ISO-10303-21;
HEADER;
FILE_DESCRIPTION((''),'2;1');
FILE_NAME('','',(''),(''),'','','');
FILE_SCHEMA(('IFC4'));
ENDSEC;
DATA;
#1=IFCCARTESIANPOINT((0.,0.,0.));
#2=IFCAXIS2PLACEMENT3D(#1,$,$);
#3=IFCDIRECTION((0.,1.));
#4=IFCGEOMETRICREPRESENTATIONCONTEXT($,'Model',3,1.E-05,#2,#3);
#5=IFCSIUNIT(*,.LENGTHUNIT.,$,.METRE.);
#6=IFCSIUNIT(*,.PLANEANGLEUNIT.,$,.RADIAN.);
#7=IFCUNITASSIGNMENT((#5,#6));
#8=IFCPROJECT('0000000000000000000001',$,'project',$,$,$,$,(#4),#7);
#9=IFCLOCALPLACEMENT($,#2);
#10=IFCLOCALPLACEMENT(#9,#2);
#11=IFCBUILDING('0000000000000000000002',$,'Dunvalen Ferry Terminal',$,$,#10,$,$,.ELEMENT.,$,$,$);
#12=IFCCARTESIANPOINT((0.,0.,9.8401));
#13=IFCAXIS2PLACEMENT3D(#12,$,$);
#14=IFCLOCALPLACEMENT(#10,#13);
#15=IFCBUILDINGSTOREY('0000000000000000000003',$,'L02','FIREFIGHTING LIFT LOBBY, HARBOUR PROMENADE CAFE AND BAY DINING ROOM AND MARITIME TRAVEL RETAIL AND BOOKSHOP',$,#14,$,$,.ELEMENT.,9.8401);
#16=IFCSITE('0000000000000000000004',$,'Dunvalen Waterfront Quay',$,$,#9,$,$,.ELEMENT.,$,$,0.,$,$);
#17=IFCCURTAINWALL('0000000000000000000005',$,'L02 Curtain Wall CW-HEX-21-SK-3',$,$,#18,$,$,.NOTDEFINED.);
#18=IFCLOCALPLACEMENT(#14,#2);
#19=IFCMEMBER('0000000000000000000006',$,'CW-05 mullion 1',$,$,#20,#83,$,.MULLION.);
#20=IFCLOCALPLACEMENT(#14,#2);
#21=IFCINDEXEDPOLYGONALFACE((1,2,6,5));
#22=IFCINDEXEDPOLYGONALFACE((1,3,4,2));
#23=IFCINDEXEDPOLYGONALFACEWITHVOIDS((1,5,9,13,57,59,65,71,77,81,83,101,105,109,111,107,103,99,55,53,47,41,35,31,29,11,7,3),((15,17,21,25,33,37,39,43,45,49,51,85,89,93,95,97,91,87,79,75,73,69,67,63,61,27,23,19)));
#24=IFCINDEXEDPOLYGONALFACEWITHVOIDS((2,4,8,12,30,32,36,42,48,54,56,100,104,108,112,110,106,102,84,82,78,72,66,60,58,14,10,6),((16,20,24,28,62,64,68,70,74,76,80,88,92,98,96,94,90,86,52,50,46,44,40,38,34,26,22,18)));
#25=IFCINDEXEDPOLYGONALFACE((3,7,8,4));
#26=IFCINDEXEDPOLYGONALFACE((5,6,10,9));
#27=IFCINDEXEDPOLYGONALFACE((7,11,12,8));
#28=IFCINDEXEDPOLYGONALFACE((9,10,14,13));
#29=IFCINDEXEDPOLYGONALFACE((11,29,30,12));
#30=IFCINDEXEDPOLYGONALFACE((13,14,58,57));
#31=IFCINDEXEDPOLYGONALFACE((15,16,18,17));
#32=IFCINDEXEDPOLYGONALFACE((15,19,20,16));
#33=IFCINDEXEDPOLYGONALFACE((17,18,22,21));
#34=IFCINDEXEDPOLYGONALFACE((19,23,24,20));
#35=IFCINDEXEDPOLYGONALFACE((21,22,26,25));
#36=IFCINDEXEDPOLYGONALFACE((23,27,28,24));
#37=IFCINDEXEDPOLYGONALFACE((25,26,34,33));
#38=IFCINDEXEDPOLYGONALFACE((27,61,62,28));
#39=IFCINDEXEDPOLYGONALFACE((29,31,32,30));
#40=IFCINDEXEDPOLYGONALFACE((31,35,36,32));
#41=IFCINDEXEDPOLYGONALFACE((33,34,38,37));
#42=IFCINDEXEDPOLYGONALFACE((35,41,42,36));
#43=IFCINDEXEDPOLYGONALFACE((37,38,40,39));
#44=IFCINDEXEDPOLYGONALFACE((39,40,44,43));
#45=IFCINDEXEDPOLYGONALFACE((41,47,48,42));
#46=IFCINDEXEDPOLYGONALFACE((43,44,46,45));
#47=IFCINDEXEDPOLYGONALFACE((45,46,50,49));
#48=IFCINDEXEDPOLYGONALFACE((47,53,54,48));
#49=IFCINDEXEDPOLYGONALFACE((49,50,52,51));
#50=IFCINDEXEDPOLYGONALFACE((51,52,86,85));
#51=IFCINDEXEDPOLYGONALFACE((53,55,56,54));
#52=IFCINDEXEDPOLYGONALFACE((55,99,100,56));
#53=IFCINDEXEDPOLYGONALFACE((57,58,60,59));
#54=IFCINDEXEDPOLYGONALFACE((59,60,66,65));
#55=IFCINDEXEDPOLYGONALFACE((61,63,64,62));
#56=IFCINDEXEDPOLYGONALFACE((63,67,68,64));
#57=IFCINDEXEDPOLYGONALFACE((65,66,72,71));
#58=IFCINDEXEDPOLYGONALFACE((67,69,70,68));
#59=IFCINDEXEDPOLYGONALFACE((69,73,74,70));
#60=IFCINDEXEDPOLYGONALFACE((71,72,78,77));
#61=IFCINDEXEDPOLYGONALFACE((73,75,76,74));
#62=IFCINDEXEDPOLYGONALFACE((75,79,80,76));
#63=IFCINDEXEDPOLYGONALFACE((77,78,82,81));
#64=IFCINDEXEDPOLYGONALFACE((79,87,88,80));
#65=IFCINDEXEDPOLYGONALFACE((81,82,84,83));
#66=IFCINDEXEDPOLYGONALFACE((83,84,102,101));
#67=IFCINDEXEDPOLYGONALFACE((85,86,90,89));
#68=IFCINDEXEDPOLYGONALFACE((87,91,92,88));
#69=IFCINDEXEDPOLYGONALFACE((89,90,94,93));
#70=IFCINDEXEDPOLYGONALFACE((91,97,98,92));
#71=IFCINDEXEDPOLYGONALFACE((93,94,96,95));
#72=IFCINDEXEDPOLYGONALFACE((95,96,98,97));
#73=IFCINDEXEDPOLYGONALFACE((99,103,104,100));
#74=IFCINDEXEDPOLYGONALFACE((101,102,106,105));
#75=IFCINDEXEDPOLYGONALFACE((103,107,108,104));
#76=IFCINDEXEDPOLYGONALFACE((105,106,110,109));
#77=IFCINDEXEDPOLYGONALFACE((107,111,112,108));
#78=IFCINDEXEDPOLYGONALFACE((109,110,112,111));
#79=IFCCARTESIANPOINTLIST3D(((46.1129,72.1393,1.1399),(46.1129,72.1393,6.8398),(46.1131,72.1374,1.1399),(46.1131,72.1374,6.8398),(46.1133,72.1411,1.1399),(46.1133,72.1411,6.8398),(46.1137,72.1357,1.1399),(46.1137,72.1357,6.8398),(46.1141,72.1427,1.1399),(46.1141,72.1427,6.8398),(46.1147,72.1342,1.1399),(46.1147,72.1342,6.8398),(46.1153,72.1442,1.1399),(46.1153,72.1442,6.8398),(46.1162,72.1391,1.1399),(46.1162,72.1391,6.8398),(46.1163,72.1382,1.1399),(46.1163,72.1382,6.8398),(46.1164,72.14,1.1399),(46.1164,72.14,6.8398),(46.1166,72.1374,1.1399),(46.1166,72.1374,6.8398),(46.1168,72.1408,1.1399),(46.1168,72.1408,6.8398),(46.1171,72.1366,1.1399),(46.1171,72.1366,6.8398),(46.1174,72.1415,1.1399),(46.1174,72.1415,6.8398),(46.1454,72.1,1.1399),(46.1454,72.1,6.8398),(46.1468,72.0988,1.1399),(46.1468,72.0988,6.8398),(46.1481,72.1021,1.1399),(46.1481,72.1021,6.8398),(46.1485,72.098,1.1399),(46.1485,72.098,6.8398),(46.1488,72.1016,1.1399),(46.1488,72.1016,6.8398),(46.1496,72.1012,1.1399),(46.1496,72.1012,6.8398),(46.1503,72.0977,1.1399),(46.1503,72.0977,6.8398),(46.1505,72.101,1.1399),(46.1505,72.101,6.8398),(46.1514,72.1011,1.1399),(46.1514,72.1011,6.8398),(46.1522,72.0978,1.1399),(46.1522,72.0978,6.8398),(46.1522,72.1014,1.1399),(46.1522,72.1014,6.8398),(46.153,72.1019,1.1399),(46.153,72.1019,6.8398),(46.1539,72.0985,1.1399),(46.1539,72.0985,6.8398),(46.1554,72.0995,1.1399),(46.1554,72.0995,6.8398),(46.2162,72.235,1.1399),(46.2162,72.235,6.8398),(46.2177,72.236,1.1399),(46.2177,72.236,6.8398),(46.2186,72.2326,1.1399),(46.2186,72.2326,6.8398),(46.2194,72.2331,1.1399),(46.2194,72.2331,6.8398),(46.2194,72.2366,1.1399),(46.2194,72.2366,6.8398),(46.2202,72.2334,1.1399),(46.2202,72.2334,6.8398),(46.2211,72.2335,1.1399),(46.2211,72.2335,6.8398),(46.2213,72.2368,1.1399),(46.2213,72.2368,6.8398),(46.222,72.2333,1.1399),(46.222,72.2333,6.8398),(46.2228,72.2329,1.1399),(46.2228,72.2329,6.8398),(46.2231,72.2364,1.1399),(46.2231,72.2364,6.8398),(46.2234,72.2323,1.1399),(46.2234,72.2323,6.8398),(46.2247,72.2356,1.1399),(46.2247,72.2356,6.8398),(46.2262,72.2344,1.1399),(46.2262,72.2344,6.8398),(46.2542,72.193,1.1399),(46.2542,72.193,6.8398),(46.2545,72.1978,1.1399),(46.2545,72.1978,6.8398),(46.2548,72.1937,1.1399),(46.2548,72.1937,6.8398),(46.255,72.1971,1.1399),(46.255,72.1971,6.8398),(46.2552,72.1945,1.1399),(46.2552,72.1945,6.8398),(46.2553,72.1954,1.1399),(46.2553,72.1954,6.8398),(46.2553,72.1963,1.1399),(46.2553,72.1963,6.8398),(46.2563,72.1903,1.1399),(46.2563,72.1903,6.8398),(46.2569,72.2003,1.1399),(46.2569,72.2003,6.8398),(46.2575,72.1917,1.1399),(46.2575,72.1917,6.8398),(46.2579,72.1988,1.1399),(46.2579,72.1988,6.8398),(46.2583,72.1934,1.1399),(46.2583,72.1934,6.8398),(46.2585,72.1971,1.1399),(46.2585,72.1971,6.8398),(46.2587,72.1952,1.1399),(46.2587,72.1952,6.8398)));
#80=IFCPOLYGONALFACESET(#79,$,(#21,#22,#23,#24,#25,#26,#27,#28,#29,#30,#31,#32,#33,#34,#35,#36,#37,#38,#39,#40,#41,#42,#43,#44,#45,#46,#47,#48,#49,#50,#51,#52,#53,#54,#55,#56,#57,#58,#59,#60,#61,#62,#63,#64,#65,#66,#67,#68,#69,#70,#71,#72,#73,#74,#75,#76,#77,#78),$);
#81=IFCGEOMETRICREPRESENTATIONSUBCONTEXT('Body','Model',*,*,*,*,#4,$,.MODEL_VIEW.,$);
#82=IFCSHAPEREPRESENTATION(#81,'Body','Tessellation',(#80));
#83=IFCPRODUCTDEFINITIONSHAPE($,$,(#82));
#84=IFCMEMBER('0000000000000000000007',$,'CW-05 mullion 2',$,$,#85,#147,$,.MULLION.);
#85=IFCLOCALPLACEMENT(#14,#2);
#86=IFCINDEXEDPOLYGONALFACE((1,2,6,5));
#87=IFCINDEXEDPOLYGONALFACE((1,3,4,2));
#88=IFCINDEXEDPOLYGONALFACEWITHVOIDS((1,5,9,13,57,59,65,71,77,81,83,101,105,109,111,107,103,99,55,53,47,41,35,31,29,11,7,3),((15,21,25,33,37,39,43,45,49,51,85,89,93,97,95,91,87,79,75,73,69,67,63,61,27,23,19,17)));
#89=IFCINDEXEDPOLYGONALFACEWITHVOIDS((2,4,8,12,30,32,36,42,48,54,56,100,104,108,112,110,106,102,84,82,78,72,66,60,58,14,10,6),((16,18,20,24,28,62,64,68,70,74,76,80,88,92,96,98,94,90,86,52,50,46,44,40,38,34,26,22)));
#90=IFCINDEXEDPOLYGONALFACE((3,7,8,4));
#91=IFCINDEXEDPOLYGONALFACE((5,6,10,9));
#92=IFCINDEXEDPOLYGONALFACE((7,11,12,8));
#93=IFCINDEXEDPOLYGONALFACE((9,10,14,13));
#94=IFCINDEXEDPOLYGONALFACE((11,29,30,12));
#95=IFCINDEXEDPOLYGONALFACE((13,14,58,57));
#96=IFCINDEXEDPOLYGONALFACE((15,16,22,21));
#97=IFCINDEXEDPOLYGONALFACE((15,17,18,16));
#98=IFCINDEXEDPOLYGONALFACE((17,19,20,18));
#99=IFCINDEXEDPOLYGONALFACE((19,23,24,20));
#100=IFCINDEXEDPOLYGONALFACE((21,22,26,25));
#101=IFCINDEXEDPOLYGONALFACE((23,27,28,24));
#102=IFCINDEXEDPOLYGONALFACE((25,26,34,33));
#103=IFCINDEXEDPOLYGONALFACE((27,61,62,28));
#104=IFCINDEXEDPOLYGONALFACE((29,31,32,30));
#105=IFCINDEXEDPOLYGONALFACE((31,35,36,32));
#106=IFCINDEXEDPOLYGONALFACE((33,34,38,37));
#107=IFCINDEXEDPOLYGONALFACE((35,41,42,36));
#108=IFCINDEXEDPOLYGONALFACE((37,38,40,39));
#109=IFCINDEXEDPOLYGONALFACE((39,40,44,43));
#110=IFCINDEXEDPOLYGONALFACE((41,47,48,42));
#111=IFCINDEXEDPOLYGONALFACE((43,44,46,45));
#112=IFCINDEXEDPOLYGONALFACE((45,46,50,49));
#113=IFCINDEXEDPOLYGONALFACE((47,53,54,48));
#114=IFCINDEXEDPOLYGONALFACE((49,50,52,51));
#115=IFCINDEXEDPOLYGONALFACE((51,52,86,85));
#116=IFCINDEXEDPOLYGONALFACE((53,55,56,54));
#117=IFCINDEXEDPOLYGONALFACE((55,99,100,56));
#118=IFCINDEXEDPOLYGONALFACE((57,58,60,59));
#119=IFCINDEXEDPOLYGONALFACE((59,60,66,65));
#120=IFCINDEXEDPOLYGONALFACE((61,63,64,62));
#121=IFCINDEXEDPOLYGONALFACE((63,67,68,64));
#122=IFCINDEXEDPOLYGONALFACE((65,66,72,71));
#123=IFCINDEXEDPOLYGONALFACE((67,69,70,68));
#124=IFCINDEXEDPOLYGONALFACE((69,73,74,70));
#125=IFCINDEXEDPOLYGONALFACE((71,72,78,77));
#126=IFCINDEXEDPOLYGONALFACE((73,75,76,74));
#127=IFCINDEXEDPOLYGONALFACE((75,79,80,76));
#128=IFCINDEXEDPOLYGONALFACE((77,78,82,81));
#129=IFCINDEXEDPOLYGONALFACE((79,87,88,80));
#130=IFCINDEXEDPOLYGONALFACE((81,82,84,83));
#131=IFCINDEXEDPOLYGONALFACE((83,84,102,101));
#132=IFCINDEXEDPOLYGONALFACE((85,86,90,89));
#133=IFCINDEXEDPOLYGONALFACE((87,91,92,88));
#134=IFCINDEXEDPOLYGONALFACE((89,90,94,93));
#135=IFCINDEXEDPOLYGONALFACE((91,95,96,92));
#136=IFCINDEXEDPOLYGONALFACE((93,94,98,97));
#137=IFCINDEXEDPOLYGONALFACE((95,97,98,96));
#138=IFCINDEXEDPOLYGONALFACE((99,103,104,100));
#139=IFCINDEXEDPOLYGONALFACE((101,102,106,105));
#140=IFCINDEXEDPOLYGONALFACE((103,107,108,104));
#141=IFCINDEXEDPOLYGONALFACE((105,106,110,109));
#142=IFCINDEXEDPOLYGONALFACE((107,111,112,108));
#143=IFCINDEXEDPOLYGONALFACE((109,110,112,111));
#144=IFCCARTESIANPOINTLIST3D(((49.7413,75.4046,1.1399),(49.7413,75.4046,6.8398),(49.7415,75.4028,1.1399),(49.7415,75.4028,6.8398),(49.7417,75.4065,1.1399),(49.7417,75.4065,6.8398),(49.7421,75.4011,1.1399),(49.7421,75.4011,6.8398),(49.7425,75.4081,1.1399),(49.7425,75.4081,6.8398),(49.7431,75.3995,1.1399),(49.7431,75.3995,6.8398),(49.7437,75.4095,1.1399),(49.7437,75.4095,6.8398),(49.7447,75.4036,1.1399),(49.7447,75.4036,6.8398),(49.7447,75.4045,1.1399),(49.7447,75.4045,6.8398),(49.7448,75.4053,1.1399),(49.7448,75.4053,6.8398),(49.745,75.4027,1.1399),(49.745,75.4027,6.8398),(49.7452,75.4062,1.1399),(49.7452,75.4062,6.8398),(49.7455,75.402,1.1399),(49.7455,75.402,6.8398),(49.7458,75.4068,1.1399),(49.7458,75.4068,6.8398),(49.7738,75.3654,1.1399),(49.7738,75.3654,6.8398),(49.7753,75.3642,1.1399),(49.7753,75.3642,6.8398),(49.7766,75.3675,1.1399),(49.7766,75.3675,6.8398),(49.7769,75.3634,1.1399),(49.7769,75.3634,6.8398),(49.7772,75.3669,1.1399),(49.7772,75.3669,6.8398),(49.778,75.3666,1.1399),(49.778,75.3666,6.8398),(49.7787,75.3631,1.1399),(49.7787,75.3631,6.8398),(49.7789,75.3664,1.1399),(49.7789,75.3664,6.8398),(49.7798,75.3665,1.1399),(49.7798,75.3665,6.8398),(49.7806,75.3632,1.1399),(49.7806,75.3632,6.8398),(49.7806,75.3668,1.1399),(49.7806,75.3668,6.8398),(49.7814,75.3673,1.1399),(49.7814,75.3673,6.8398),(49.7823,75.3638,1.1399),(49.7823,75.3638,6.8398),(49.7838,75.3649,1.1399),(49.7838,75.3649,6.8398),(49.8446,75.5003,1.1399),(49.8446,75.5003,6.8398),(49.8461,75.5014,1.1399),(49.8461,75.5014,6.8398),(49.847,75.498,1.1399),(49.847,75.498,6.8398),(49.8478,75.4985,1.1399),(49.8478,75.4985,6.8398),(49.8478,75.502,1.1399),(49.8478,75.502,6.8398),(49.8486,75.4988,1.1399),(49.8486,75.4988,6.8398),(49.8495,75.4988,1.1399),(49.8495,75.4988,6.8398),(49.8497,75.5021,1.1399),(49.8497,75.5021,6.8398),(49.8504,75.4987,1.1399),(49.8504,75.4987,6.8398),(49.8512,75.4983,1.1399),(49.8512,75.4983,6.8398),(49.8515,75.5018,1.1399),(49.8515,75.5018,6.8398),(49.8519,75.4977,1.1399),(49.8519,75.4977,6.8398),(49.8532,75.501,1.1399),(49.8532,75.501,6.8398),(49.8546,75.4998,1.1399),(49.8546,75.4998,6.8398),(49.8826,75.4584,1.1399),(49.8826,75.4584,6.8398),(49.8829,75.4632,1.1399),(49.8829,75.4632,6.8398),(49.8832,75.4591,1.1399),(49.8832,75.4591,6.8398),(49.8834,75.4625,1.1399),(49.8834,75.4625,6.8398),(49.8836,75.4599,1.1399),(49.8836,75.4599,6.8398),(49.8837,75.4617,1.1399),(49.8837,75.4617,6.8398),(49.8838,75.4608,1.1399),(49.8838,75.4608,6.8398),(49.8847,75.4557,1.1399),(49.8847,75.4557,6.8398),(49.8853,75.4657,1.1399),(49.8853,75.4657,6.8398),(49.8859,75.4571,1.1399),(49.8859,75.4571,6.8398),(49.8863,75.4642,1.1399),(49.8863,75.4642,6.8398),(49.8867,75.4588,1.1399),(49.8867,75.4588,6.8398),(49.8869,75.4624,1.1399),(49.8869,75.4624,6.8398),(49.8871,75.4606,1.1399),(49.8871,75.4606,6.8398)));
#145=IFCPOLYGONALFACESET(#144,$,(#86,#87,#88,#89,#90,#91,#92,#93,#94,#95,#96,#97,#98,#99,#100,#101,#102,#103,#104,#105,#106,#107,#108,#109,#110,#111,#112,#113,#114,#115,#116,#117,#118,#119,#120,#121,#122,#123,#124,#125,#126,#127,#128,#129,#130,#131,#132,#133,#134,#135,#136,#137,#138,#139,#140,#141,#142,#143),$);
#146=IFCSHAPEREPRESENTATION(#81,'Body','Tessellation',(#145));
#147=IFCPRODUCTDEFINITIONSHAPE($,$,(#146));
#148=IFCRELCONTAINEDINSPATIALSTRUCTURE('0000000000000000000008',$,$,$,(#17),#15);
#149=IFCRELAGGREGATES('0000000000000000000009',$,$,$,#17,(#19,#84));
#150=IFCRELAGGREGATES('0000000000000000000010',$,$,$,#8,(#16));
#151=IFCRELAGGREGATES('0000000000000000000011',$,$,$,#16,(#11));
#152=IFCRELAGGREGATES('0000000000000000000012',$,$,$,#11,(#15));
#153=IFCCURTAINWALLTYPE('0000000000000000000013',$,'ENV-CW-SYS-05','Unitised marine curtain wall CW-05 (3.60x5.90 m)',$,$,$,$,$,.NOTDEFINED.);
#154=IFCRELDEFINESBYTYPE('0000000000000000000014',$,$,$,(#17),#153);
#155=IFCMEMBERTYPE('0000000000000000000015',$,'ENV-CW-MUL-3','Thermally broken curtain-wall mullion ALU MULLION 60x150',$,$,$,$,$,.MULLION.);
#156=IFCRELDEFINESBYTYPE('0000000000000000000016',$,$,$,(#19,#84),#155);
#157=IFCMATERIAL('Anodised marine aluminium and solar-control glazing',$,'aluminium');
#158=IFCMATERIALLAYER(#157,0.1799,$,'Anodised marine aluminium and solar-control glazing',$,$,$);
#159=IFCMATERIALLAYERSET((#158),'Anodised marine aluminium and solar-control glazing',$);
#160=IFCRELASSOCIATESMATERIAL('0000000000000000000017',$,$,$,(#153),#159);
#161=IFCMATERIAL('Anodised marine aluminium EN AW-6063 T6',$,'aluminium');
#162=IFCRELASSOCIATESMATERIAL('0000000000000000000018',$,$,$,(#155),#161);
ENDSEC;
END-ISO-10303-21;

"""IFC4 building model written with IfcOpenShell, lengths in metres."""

from ifc_helpers import new_model, si_unit, direction, frame, origin, origin_2d, place, context, subcontext, project, spatial, hollow_rectangle, extrude, material, layer, layer_set, material_profile, profile_set, type_object, element, aggregate, save


model = new_model("IFC4")

# Units and contexts
model_context = context("Model", 3, precision=1e-05, world=origin(), true_north=direction((0.0, 1.0)))
body_context = subcontext(model_context, "Body", "Model", "MODEL_VIEW")
ifc_project = project(units=[si_unit("LENGTHUNIT", "METRE"), si_unit("PLANEANGLEUNIT", "RADIAN")], contexts=[model_context])

# Site, building, storey
site_placement = place(None, origin())
site = spatial("IfcSite", under=ifc_project, at=site_placement, Name="Dunvalen Waterfront Quay", CompositionType="ELEMENT", RefElevation=0.0)
building_placement = place(site_placement, origin())
building = spatial("IfcBuilding", under=site, at=building_placement, Name="Dunvalen Ferry Terminal", CompositionType="ELEMENT")
storey_placement = place(building_placement, frame((0.0, 0.0, 9.8401)))
storey = spatial("IfcBuildingStorey", under=building, at=storey_placement, Name="L02", Description="FIREFIGHTING LIFT LOBBY, HARBOUR PROMENADE CAFE AND BAY DINING ROOM AND MARITIME TRAVEL RETAIL AND BOOKSHOP", CompositionType="ELEMENT", Elevation=9.8401)

# Curtain wall, members
ifc_material_1 = material(Name="Anodised marine aluminium and solar-control glazing", Category="aluminium")
ifc_layer_1 = layer(ifc_material_1, 0.1799, Name="Anodised marine aluminium and solar-control glazing")
ifc_layer_set_1 = layer_set([ifc_layer_1], Name="Anodised marine aluminium and solar-control glazing")
curtain_wall_type = type_object("IfcCurtainWallType", Name="ENV-CW-SYS-05", Description="Unitised marine curtain wall CW-05 (3.60x5.90 m)", PredefinedType="NOTDEFINED", material=ifc_layer_set_1)
curtain_wall_placement = place(storey_placement, origin())
curtain_wall = element("IfcCurtainWall", 1, at=curtain_wall_placement, inside=storey, type_object=curtain_wall_type, Name="L02 Curtain Wall CW-HEX-21-SK-3", PredefinedType="NOTDEFINED")
ifc_material_2 = material(Name="Anodised marine aluminium EN AW-6063 T6", Category="aluminium")
ifc_material_profile_1 = material_profile(ifc_material_2, hollow_rectangle(XDim=0.0601, YDim=0.1499, WallThickness=0.0034, InnerFilletRadius=0.0034, OuterFilletRadius=0.0071, at=origin_2d()), Name="Anodised marine aluminium EN AW-6063 T6")
ifc_profile_set_1 = profile_set([ifc_material_profile_1], Name="Anodised marine aluminium EN AW-6063 T6")
member_type_1 = type_object("IfcMemberType", Name="ENV-CW-MUL-3", Description="Thermally broken curtain-wall mullion ALU MULLION 60x150", PredefinedType="MULLION", material=ifc_profile_set_1)
member_1_placement = place(storey_placement, frame((46.1858, 72.1672, 1.1399), z_axis=(0.0, 0.0, 1.0), x_axis=(-0.668954, 0.743304, 0.0)))
member_1 = element("IfcMember", 2, at=member_1_placement, type_object=member_type_1, Name="CW-05 mullion 1", PredefinedType="MULLION", context=body_context, shape_type="SweptSolid", body=[
    extrude(hollow_rectangle(XDim=0.0601, YDim=0.1499, WallThickness=0.0034, InnerFilletRadius=0.0034, OuterFilletRadius=0.0071, at=origin_2d()), origin(), (0.0, 0.0, 1.0), 5.7),
])
member_2_placement = place(storey_placement, frame((49.8142, 75.4326, 1.1399), z_axis=(0.0, 0.0, 1.0), x_axis=(-0.668954, 0.743304, 0.0)))
member_2 = element("IfcMember", 3, at=member_2_placement, type_object=member_type_1, Name="CW-05 mullion 2", PredefinedType="MULLION", context=body_context, shape_type="SweptSolid", body=[
    extrude(hollow_rectangle(XDim=0.0601, YDim=0.1499, WallThickness=0.0034, InnerFilletRadius=0.0034, OuterFilletRadius=0.0071, at=origin_2d()), origin(), (0.0, 0.0, 1.0), 5.7),
])

aggregate(curtain_wall, [member_1, member_2])

save(model, "model.ifc")
